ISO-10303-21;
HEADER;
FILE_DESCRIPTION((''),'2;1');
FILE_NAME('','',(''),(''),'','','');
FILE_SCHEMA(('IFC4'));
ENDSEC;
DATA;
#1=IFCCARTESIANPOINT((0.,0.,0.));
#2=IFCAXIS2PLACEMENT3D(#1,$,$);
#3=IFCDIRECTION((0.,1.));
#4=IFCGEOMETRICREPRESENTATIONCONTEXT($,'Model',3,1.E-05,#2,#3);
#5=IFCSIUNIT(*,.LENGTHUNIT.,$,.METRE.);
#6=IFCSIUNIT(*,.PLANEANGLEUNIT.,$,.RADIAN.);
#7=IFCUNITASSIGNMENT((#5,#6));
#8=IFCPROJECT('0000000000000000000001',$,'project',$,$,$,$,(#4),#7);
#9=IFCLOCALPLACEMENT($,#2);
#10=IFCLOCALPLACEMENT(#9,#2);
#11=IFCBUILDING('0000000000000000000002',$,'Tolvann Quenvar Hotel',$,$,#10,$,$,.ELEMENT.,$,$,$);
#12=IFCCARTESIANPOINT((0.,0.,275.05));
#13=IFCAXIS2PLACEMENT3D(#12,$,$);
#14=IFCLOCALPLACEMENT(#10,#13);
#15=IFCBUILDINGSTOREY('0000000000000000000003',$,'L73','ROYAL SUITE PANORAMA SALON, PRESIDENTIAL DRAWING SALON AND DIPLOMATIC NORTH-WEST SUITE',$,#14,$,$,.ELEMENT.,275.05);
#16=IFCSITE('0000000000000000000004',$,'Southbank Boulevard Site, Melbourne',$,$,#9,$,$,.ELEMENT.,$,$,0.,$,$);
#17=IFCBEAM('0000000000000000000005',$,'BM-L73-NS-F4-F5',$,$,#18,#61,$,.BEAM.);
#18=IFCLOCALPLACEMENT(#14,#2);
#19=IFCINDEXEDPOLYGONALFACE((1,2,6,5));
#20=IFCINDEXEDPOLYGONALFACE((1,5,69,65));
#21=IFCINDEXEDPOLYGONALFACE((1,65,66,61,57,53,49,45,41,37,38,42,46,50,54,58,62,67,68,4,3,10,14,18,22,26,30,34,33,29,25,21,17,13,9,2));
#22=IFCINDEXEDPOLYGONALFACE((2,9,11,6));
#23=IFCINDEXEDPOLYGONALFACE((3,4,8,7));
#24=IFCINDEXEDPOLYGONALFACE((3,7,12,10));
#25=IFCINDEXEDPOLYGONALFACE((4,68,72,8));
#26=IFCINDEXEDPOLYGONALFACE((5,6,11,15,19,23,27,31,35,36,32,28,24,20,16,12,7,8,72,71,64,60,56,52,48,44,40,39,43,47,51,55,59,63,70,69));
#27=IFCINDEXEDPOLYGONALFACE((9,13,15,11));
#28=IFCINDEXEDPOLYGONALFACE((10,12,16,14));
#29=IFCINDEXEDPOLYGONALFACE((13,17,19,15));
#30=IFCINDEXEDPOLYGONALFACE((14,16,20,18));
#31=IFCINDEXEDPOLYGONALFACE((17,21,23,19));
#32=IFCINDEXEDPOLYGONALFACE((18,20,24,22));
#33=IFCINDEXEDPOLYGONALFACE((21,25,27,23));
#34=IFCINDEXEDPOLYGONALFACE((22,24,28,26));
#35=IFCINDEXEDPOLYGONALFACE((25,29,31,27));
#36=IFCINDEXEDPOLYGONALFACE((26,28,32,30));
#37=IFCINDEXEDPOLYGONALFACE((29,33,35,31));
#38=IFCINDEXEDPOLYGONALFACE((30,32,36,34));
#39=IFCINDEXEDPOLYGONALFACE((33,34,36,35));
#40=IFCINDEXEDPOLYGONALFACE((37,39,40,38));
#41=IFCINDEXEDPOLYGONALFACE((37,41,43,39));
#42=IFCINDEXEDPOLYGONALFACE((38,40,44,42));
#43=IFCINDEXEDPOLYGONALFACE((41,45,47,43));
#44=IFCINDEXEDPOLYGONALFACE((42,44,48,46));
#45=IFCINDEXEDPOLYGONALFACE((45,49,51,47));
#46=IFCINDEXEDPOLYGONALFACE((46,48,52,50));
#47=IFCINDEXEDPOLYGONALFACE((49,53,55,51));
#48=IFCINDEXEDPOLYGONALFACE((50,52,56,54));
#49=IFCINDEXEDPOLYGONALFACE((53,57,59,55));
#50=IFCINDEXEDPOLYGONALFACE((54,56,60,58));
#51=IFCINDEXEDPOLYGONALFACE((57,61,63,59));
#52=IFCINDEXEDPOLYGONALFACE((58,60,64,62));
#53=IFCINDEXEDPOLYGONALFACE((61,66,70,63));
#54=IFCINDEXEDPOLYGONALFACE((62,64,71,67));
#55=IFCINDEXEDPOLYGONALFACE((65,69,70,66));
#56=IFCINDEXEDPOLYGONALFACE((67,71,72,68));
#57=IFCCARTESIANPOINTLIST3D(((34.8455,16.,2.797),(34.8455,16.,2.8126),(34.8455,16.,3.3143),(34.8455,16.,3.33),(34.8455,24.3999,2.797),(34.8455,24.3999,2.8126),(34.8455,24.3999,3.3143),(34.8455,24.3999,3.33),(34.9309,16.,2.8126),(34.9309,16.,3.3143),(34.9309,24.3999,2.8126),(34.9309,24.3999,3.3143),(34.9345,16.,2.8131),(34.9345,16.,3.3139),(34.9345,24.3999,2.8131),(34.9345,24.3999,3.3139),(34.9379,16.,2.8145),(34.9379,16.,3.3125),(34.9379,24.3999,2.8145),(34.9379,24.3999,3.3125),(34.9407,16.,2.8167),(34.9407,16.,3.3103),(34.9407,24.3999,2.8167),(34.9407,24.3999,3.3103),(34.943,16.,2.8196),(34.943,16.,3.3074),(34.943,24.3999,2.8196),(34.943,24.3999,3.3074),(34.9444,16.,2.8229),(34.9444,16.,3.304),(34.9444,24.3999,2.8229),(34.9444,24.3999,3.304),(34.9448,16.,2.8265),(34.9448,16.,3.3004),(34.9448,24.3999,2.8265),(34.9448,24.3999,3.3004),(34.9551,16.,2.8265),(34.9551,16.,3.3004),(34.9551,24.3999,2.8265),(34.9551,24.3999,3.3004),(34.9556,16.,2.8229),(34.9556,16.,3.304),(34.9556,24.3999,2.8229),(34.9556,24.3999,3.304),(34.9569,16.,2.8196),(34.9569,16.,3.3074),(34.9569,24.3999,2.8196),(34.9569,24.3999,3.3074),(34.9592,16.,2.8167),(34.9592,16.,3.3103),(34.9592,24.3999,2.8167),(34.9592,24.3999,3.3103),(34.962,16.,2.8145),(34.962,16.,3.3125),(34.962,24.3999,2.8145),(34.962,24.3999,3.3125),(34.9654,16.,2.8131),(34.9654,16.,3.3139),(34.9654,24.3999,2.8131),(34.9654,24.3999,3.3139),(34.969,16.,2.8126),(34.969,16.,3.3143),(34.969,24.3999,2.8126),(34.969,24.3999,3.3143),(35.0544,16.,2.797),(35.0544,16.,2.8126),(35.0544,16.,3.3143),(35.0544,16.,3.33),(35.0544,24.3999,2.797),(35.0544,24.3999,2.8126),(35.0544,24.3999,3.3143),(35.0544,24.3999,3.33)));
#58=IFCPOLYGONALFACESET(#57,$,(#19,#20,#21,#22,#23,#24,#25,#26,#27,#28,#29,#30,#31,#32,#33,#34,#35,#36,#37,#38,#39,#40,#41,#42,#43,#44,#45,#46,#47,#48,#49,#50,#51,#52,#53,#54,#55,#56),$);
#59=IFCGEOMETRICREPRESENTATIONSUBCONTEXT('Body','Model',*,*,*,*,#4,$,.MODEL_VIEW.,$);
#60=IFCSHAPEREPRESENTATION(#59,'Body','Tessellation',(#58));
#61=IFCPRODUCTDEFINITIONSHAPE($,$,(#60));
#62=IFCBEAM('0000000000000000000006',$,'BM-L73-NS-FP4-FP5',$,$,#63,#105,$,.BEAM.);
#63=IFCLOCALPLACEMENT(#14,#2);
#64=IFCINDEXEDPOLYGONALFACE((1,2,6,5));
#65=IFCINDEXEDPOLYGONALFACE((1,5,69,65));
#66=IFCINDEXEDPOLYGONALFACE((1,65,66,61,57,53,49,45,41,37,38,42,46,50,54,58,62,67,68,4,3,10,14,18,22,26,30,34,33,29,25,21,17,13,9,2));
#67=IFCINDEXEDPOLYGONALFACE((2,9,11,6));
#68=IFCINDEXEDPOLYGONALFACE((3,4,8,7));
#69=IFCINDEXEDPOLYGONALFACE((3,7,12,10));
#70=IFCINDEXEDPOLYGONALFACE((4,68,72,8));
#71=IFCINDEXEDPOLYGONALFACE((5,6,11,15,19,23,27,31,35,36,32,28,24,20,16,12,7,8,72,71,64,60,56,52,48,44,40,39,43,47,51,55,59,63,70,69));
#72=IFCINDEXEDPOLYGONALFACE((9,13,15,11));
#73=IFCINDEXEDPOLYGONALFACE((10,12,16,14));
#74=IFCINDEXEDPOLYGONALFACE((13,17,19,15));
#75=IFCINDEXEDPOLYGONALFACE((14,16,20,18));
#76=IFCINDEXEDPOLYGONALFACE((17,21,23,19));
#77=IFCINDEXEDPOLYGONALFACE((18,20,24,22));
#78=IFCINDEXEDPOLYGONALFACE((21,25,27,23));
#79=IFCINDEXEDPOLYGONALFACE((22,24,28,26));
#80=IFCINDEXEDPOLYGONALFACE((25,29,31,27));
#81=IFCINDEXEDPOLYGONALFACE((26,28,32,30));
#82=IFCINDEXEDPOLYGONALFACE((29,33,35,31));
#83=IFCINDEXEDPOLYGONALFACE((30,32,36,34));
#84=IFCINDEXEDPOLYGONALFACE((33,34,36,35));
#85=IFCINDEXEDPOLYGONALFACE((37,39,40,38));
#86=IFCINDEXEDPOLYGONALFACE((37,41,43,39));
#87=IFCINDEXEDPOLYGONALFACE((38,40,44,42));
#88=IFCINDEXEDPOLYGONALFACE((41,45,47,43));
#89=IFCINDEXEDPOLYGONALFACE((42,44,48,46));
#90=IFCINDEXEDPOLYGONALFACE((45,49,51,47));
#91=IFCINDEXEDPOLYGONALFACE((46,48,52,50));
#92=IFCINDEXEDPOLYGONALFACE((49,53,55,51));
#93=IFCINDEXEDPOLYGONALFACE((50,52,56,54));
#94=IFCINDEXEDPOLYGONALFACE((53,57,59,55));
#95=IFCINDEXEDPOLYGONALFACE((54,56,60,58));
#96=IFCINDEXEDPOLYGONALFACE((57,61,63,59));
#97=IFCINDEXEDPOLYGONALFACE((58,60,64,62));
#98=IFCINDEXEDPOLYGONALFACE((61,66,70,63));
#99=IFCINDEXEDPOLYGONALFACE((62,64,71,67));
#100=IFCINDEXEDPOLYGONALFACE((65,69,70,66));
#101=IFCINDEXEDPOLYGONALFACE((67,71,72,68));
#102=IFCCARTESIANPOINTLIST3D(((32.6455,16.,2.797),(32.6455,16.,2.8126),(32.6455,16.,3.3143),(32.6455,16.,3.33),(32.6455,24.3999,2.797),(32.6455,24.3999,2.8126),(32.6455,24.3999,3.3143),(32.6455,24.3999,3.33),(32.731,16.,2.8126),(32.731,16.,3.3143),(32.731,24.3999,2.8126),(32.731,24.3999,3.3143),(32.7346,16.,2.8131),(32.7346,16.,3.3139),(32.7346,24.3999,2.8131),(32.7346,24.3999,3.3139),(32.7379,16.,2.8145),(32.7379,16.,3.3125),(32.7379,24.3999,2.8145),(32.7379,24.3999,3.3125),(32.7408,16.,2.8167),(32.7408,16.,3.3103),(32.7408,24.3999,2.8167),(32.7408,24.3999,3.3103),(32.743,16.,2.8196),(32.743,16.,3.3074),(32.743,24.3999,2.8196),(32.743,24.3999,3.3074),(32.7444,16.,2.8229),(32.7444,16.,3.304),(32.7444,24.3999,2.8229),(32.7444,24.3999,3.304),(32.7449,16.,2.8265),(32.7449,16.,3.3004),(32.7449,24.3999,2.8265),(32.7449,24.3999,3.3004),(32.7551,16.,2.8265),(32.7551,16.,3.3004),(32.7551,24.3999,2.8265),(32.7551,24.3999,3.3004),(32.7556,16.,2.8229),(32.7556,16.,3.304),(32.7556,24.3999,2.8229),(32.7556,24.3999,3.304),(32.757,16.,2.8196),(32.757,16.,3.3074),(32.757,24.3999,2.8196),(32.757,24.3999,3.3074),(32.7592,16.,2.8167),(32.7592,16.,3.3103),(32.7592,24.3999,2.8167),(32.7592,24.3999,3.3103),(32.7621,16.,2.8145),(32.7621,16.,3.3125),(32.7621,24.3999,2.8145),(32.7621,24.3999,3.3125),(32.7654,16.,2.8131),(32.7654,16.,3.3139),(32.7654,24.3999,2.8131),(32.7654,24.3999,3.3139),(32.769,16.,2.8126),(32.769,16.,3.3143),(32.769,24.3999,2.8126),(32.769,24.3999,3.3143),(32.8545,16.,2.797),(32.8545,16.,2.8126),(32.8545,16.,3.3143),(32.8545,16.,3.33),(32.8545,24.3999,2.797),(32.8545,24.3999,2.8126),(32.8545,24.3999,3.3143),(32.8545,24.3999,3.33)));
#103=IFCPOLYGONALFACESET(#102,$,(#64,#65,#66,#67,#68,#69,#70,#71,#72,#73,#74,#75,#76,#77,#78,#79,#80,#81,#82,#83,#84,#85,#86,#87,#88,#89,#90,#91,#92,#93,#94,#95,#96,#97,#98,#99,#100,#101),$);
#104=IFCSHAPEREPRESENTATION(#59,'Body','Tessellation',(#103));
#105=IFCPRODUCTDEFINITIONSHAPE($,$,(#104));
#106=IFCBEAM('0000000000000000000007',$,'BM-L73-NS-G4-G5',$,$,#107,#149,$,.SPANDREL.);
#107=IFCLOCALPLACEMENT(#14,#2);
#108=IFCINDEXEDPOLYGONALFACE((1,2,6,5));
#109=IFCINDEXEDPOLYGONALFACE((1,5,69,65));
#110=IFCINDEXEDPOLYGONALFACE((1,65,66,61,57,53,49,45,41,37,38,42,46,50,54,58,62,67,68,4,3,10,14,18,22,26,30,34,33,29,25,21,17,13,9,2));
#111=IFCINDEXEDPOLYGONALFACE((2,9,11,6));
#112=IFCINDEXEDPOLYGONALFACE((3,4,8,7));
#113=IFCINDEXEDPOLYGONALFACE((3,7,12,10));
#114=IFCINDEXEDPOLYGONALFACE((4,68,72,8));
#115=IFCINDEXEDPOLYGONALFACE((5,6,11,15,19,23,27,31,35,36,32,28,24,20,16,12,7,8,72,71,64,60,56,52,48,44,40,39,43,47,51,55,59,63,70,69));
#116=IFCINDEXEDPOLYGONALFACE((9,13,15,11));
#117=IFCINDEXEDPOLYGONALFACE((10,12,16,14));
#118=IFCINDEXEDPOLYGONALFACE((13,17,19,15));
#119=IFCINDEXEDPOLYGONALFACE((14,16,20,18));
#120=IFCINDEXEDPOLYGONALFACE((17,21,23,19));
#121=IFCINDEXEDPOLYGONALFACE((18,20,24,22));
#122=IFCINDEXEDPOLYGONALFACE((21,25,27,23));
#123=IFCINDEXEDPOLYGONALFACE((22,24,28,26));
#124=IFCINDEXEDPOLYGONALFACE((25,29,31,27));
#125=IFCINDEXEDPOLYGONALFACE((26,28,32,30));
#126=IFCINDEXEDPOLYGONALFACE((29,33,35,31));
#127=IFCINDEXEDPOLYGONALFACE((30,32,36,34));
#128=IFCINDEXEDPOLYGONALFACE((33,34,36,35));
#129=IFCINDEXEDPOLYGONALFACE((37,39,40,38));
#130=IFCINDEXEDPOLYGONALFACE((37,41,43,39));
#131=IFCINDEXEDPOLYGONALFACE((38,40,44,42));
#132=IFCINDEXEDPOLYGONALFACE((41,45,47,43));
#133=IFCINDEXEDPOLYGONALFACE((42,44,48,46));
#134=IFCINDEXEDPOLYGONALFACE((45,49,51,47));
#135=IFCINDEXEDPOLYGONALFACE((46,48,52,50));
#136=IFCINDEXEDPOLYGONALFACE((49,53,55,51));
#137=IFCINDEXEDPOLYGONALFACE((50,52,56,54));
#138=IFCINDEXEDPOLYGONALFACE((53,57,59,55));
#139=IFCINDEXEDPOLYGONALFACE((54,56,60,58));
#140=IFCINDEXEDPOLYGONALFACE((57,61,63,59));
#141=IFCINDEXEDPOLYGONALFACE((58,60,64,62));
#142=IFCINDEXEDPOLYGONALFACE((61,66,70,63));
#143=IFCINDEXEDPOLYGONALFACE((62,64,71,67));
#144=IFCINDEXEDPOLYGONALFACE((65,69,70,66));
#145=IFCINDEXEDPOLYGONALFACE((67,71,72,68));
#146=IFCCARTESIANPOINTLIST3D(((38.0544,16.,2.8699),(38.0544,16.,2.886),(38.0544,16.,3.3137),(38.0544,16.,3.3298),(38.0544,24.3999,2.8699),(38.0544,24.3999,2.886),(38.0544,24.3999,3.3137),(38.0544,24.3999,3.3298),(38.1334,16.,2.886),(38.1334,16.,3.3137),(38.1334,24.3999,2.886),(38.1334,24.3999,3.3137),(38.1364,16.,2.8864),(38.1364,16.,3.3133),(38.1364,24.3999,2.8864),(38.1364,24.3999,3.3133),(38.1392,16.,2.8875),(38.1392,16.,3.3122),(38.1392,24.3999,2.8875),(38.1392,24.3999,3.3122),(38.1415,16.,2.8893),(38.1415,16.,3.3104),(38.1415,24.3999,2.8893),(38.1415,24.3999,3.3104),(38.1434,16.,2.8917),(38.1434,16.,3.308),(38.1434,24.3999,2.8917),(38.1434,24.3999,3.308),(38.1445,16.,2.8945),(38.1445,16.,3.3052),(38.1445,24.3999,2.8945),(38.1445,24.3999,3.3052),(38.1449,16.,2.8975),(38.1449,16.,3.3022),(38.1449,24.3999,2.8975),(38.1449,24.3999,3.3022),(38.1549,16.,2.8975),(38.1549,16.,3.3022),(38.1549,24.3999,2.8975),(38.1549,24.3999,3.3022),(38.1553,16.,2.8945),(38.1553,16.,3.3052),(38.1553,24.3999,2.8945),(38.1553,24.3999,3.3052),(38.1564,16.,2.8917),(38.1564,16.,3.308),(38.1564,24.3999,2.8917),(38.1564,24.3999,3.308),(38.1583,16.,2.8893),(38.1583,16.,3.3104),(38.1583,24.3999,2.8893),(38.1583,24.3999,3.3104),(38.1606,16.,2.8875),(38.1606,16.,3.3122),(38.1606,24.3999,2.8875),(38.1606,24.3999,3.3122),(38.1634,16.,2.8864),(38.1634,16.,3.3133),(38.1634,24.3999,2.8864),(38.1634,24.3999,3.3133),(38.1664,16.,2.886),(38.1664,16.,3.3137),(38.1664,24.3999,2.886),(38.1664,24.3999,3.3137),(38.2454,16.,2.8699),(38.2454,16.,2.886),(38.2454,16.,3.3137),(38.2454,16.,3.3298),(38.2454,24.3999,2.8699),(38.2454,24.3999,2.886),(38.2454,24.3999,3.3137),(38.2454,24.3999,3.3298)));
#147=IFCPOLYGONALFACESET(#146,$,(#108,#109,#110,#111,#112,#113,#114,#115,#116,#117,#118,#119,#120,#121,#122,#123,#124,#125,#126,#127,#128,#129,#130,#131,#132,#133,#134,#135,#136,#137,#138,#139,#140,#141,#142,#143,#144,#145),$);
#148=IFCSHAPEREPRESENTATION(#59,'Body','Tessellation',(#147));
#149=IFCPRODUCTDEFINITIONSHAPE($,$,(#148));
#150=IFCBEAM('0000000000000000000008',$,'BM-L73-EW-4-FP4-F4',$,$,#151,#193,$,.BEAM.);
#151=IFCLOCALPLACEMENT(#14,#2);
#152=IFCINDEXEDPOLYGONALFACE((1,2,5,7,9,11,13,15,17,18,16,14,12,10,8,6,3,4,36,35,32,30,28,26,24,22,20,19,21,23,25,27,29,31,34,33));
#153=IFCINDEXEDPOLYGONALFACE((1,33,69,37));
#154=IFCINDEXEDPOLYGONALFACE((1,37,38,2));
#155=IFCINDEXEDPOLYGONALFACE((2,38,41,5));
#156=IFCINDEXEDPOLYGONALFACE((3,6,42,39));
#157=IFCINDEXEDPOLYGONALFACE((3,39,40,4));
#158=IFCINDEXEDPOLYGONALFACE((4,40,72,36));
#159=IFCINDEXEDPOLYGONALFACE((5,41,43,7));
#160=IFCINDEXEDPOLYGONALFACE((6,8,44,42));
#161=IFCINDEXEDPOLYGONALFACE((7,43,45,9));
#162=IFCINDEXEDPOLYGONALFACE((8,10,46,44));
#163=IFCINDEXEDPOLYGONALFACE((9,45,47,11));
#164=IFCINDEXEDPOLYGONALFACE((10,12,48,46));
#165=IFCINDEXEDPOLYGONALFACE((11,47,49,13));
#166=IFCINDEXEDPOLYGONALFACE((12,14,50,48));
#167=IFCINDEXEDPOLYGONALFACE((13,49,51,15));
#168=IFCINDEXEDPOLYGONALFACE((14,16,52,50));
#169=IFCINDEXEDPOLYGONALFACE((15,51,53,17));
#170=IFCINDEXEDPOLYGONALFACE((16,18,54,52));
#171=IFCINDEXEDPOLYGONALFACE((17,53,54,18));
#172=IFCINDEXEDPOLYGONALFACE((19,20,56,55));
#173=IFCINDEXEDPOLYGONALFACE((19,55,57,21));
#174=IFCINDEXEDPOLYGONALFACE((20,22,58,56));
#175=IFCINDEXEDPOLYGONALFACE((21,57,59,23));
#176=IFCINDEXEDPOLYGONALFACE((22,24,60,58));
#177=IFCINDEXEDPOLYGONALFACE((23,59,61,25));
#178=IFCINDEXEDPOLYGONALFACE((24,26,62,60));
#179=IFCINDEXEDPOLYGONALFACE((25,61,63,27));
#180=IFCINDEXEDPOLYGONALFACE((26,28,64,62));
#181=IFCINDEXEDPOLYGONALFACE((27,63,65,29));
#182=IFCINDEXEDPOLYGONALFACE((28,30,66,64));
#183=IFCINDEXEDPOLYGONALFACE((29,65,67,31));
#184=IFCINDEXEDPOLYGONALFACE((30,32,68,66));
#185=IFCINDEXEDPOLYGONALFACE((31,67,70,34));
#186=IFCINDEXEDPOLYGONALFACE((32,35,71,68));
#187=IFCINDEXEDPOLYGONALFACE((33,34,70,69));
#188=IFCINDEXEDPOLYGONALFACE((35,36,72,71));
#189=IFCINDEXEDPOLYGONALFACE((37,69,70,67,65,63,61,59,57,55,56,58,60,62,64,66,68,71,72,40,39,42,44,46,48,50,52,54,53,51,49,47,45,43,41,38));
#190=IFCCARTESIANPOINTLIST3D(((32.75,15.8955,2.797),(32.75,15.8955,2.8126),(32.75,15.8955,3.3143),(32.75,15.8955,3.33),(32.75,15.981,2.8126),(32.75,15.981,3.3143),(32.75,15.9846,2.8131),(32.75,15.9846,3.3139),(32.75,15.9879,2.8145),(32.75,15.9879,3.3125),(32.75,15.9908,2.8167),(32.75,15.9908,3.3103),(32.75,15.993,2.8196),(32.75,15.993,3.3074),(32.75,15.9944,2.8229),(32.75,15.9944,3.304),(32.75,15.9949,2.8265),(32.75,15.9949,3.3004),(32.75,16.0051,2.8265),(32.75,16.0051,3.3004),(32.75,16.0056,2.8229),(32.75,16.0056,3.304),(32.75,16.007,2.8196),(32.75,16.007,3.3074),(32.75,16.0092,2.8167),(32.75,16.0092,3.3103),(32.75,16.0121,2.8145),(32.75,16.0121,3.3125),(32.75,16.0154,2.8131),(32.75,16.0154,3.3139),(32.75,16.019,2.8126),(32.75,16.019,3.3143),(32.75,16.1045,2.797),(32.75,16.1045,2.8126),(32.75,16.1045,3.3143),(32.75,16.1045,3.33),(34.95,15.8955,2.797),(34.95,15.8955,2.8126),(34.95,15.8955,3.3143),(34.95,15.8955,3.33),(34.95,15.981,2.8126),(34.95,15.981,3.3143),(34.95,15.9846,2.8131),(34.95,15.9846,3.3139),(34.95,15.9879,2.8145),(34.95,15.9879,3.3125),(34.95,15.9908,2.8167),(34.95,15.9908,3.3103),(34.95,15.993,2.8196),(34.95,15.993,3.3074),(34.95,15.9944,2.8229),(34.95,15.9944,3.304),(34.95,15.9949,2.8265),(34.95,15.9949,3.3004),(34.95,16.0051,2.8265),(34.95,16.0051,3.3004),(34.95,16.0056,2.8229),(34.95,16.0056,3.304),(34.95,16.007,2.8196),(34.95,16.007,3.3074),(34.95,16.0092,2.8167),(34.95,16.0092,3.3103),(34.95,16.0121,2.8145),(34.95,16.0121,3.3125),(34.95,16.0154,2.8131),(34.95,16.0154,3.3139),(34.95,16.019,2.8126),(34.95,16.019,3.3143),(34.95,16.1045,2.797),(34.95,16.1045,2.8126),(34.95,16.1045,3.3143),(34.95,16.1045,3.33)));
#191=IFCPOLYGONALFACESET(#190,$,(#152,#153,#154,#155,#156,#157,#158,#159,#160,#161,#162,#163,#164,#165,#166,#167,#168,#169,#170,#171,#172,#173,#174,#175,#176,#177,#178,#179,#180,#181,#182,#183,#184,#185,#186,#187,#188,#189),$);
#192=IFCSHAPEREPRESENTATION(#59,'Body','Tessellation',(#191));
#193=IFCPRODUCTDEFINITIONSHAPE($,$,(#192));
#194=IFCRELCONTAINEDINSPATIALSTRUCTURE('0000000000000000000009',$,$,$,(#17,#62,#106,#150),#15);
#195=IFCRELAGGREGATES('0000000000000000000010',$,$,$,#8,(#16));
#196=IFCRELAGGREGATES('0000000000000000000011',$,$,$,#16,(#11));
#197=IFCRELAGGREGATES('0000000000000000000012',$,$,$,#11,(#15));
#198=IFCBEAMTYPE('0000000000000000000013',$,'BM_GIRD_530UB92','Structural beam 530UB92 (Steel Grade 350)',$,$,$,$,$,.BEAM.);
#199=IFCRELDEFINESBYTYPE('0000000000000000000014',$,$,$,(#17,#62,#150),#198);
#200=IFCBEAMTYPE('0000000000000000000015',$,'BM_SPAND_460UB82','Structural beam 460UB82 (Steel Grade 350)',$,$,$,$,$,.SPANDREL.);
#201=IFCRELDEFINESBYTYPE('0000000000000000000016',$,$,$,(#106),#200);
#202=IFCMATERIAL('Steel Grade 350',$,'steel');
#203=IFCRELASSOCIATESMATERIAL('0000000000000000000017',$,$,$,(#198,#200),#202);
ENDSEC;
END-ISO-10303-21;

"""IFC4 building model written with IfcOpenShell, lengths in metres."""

from ifc_helpers import new_model, si_unit, direction, frame, origin, origin_2d, place, context, subcontext, project, spatial, i_section, extrude, source, transform, mapped, material, material_profile, profile_set, type_object, element, save


model = new_model("IFC4")

# Units and contexts
model_context = context("Model", 3, precision=1e-05, world=origin(), true_north=direction((0.0, 1.0)))
body_context = subcontext(model_context, "Body", "Model", "MODEL_VIEW")
ifc_project = project(units=[si_unit("LENGTHUNIT", "METRE"), si_unit("PLANEANGLEUNIT", "RADIAN")], contexts=[model_context])

# Site, building, storey
site_placement = place(None, origin())
site = spatial("IfcSite", under=ifc_project, at=site_placement, Name="Southbank Boulevard Site, Melbourne", CompositionType="ELEMENT", RefElevation=0.0)
building_placement = place(site_placement, origin())
building = spatial("IfcBuilding", under=site, at=building_placement, Name="Tolvann Quenvar Hotel", CompositionType="ELEMENT")
storey_placement = place(building_placement, frame((0.0, 0.0, 275.05)))
storey = spatial("IfcBuildingStorey", under=building, at=storey_placement, Name="L73", Description="ROYAL SUITE PANORAMA SALON, PRESIDENTIAL DRAWING SALON AND DIPLOMATIC NORTH-WEST SUITE", CompositionType="ELEMENT", Elevation=275.05)

# Shared definitions
ifc_material_1 = material(Name="Steel Grade 350", Category="steel")

# Beams
ifc_material_profile_1 = material_profile(ifc_material_1, i_section(OverallWidth=0.209, OverallDepth=0.533, WebThickness=0.0103, FlangeThickness=0.0156, FilletRadius=0.0139, at=origin_2d()), Name="530UB92")
ifc_profile_set_1 = profile_set([ifc_material_profile_1], Name="Steel Grade 350")
beam_type_1 = type_object("IfcBeamType", Name="BM_GIRD_530UB92", Description="Structural beam 530UB92 (Steel Grade 350)", PredefinedType="BEAM", material=ifc_profile_set_1)
shared_shape_1 = source(origin(), body_context, "Body", "SweptSolid", [
    extrude(i_section(OverallWidth=0.209, OverallDepth=0.533, WebThickness=0.0103, FlangeThickness=0.0156, FilletRadius=0.0139, at=origin_2d()), origin(), (0.0, 0.0, 1.0), 8.3999),
])
for number, where, z_axis, x_axis, name in (
    (1, (34.95, 16.0, 3.0635), (0.0, 1.0, 0.0), (-1.0, 0.0, 0.0), "BM-L73-NS-F4-F5"),
    (2, (32.75, 16.0, 3.0635), (0.0, 1.0, 0.0), (-1.0, 0.0, 0.0), "BM-L73-NS-FP4-FP5"),
):
    element("IfcBeam", number, at=place(storey_placement, frame(where, z_axis=z_axis, x_axis=x_axis)), inside=storey, type_object=beam_type_1, Name=name, PredefinedType="BEAM", context=body_context, shape_type="MappedRepresentation", body=[
        mapped(shared_shape_1, transform((0.0, 0.0, 0.0), x_axis=(1.0, 0.0, 0.0), y_axis=(0.0, 1.0, 0.0), z_axis=(0.0, 0.0, 1.0), scale=1.0)),
    ])
ifc_material_profile_2 = material_profile(ifc_material_1, i_section(OverallWidth=0.1909, OverallDepth=0.46, WebThickness=0.01, FlangeThickness=0.0161, FilletRadius=0.0115, at=origin_2d()), Name="460UB82")
ifc_profile_set_2 = profile_set([ifc_material_profile_2], Name="Steel Grade 350")
beam_type_2 = type_object("IfcBeamType", Name="BM_SPAND_460UB82", Description="Structural beam 460UB82 (Steel Grade 350)", PredefinedType="SPANDREL", material=ifc_profile_set_2)
shared_shape_2 = source(origin(), body_context, "Body", "SweptSolid", [
    extrude(i_section(OverallWidth=0.1909, OverallDepth=0.46, WebThickness=0.01, FlangeThickness=0.0161, FilletRadius=0.0115, at=origin_2d()), origin(), (0.0, 0.0, 1.0), 8.3999),
])
beam_1_placement = place(storey_placement, frame((38.1499, 16.0, 3.0999), z_axis=(0.0, 1.0, 0.0), x_axis=(-1.0, 0.0, 0.0)))
element("IfcBeam", 3, at=beam_1_placement, inside=storey, type_object=beam_type_2, Name="BM-L73-NS-G4-G5", PredefinedType="SPANDREL", context=body_context, shape_type="MappedRepresentation", body=[
    mapped(shared_shape_2, transform((0.0, 0.0, 0.0), x_axis=(1.0, 0.0, 0.0), y_axis=(0.0, 1.0, 0.0), z_axis=(0.0, 0.0, 1.0), scale=1.0)),
])
shared_shape_3 = source(origin(), body_context, "Body", "SweptSolid", [
    extrude(i_section(OverallWidth=0.209, OverallDepth=0.533, WebThickness=0.0103, FlangeThickness=0.0156, FilletRadius=0.0139, at=origin_2d()), origin(), (0.0, 0.0, 1.0), 2.2),
])
beam_2_placement = place(storey_placement, frame((32.75, 16.0, 3.0635), z_axis=(1.0, 0.0, 0.0), x_axis=(0.0, 1.0, 0.0)))
element("IfcBeam", 4, at=beam_2_placement, inside=storey, type_object=beam_type_1, Name="BM-L73-EW-4-FP4-F4", PredefinedType="BEAM", context=body_context, shape_type="MappedRepresentation", body=[
    mapped(shared_shape_3, transform((0.0, 0.0, 0.0), x_axis=(1.0, 0.0, 0.0), y_axis=(0.0, 1.0, 0.0), z_axis=(0.0, 0.0, 1.0), scale=1.0)),
])

save(model, "model.ifc")
